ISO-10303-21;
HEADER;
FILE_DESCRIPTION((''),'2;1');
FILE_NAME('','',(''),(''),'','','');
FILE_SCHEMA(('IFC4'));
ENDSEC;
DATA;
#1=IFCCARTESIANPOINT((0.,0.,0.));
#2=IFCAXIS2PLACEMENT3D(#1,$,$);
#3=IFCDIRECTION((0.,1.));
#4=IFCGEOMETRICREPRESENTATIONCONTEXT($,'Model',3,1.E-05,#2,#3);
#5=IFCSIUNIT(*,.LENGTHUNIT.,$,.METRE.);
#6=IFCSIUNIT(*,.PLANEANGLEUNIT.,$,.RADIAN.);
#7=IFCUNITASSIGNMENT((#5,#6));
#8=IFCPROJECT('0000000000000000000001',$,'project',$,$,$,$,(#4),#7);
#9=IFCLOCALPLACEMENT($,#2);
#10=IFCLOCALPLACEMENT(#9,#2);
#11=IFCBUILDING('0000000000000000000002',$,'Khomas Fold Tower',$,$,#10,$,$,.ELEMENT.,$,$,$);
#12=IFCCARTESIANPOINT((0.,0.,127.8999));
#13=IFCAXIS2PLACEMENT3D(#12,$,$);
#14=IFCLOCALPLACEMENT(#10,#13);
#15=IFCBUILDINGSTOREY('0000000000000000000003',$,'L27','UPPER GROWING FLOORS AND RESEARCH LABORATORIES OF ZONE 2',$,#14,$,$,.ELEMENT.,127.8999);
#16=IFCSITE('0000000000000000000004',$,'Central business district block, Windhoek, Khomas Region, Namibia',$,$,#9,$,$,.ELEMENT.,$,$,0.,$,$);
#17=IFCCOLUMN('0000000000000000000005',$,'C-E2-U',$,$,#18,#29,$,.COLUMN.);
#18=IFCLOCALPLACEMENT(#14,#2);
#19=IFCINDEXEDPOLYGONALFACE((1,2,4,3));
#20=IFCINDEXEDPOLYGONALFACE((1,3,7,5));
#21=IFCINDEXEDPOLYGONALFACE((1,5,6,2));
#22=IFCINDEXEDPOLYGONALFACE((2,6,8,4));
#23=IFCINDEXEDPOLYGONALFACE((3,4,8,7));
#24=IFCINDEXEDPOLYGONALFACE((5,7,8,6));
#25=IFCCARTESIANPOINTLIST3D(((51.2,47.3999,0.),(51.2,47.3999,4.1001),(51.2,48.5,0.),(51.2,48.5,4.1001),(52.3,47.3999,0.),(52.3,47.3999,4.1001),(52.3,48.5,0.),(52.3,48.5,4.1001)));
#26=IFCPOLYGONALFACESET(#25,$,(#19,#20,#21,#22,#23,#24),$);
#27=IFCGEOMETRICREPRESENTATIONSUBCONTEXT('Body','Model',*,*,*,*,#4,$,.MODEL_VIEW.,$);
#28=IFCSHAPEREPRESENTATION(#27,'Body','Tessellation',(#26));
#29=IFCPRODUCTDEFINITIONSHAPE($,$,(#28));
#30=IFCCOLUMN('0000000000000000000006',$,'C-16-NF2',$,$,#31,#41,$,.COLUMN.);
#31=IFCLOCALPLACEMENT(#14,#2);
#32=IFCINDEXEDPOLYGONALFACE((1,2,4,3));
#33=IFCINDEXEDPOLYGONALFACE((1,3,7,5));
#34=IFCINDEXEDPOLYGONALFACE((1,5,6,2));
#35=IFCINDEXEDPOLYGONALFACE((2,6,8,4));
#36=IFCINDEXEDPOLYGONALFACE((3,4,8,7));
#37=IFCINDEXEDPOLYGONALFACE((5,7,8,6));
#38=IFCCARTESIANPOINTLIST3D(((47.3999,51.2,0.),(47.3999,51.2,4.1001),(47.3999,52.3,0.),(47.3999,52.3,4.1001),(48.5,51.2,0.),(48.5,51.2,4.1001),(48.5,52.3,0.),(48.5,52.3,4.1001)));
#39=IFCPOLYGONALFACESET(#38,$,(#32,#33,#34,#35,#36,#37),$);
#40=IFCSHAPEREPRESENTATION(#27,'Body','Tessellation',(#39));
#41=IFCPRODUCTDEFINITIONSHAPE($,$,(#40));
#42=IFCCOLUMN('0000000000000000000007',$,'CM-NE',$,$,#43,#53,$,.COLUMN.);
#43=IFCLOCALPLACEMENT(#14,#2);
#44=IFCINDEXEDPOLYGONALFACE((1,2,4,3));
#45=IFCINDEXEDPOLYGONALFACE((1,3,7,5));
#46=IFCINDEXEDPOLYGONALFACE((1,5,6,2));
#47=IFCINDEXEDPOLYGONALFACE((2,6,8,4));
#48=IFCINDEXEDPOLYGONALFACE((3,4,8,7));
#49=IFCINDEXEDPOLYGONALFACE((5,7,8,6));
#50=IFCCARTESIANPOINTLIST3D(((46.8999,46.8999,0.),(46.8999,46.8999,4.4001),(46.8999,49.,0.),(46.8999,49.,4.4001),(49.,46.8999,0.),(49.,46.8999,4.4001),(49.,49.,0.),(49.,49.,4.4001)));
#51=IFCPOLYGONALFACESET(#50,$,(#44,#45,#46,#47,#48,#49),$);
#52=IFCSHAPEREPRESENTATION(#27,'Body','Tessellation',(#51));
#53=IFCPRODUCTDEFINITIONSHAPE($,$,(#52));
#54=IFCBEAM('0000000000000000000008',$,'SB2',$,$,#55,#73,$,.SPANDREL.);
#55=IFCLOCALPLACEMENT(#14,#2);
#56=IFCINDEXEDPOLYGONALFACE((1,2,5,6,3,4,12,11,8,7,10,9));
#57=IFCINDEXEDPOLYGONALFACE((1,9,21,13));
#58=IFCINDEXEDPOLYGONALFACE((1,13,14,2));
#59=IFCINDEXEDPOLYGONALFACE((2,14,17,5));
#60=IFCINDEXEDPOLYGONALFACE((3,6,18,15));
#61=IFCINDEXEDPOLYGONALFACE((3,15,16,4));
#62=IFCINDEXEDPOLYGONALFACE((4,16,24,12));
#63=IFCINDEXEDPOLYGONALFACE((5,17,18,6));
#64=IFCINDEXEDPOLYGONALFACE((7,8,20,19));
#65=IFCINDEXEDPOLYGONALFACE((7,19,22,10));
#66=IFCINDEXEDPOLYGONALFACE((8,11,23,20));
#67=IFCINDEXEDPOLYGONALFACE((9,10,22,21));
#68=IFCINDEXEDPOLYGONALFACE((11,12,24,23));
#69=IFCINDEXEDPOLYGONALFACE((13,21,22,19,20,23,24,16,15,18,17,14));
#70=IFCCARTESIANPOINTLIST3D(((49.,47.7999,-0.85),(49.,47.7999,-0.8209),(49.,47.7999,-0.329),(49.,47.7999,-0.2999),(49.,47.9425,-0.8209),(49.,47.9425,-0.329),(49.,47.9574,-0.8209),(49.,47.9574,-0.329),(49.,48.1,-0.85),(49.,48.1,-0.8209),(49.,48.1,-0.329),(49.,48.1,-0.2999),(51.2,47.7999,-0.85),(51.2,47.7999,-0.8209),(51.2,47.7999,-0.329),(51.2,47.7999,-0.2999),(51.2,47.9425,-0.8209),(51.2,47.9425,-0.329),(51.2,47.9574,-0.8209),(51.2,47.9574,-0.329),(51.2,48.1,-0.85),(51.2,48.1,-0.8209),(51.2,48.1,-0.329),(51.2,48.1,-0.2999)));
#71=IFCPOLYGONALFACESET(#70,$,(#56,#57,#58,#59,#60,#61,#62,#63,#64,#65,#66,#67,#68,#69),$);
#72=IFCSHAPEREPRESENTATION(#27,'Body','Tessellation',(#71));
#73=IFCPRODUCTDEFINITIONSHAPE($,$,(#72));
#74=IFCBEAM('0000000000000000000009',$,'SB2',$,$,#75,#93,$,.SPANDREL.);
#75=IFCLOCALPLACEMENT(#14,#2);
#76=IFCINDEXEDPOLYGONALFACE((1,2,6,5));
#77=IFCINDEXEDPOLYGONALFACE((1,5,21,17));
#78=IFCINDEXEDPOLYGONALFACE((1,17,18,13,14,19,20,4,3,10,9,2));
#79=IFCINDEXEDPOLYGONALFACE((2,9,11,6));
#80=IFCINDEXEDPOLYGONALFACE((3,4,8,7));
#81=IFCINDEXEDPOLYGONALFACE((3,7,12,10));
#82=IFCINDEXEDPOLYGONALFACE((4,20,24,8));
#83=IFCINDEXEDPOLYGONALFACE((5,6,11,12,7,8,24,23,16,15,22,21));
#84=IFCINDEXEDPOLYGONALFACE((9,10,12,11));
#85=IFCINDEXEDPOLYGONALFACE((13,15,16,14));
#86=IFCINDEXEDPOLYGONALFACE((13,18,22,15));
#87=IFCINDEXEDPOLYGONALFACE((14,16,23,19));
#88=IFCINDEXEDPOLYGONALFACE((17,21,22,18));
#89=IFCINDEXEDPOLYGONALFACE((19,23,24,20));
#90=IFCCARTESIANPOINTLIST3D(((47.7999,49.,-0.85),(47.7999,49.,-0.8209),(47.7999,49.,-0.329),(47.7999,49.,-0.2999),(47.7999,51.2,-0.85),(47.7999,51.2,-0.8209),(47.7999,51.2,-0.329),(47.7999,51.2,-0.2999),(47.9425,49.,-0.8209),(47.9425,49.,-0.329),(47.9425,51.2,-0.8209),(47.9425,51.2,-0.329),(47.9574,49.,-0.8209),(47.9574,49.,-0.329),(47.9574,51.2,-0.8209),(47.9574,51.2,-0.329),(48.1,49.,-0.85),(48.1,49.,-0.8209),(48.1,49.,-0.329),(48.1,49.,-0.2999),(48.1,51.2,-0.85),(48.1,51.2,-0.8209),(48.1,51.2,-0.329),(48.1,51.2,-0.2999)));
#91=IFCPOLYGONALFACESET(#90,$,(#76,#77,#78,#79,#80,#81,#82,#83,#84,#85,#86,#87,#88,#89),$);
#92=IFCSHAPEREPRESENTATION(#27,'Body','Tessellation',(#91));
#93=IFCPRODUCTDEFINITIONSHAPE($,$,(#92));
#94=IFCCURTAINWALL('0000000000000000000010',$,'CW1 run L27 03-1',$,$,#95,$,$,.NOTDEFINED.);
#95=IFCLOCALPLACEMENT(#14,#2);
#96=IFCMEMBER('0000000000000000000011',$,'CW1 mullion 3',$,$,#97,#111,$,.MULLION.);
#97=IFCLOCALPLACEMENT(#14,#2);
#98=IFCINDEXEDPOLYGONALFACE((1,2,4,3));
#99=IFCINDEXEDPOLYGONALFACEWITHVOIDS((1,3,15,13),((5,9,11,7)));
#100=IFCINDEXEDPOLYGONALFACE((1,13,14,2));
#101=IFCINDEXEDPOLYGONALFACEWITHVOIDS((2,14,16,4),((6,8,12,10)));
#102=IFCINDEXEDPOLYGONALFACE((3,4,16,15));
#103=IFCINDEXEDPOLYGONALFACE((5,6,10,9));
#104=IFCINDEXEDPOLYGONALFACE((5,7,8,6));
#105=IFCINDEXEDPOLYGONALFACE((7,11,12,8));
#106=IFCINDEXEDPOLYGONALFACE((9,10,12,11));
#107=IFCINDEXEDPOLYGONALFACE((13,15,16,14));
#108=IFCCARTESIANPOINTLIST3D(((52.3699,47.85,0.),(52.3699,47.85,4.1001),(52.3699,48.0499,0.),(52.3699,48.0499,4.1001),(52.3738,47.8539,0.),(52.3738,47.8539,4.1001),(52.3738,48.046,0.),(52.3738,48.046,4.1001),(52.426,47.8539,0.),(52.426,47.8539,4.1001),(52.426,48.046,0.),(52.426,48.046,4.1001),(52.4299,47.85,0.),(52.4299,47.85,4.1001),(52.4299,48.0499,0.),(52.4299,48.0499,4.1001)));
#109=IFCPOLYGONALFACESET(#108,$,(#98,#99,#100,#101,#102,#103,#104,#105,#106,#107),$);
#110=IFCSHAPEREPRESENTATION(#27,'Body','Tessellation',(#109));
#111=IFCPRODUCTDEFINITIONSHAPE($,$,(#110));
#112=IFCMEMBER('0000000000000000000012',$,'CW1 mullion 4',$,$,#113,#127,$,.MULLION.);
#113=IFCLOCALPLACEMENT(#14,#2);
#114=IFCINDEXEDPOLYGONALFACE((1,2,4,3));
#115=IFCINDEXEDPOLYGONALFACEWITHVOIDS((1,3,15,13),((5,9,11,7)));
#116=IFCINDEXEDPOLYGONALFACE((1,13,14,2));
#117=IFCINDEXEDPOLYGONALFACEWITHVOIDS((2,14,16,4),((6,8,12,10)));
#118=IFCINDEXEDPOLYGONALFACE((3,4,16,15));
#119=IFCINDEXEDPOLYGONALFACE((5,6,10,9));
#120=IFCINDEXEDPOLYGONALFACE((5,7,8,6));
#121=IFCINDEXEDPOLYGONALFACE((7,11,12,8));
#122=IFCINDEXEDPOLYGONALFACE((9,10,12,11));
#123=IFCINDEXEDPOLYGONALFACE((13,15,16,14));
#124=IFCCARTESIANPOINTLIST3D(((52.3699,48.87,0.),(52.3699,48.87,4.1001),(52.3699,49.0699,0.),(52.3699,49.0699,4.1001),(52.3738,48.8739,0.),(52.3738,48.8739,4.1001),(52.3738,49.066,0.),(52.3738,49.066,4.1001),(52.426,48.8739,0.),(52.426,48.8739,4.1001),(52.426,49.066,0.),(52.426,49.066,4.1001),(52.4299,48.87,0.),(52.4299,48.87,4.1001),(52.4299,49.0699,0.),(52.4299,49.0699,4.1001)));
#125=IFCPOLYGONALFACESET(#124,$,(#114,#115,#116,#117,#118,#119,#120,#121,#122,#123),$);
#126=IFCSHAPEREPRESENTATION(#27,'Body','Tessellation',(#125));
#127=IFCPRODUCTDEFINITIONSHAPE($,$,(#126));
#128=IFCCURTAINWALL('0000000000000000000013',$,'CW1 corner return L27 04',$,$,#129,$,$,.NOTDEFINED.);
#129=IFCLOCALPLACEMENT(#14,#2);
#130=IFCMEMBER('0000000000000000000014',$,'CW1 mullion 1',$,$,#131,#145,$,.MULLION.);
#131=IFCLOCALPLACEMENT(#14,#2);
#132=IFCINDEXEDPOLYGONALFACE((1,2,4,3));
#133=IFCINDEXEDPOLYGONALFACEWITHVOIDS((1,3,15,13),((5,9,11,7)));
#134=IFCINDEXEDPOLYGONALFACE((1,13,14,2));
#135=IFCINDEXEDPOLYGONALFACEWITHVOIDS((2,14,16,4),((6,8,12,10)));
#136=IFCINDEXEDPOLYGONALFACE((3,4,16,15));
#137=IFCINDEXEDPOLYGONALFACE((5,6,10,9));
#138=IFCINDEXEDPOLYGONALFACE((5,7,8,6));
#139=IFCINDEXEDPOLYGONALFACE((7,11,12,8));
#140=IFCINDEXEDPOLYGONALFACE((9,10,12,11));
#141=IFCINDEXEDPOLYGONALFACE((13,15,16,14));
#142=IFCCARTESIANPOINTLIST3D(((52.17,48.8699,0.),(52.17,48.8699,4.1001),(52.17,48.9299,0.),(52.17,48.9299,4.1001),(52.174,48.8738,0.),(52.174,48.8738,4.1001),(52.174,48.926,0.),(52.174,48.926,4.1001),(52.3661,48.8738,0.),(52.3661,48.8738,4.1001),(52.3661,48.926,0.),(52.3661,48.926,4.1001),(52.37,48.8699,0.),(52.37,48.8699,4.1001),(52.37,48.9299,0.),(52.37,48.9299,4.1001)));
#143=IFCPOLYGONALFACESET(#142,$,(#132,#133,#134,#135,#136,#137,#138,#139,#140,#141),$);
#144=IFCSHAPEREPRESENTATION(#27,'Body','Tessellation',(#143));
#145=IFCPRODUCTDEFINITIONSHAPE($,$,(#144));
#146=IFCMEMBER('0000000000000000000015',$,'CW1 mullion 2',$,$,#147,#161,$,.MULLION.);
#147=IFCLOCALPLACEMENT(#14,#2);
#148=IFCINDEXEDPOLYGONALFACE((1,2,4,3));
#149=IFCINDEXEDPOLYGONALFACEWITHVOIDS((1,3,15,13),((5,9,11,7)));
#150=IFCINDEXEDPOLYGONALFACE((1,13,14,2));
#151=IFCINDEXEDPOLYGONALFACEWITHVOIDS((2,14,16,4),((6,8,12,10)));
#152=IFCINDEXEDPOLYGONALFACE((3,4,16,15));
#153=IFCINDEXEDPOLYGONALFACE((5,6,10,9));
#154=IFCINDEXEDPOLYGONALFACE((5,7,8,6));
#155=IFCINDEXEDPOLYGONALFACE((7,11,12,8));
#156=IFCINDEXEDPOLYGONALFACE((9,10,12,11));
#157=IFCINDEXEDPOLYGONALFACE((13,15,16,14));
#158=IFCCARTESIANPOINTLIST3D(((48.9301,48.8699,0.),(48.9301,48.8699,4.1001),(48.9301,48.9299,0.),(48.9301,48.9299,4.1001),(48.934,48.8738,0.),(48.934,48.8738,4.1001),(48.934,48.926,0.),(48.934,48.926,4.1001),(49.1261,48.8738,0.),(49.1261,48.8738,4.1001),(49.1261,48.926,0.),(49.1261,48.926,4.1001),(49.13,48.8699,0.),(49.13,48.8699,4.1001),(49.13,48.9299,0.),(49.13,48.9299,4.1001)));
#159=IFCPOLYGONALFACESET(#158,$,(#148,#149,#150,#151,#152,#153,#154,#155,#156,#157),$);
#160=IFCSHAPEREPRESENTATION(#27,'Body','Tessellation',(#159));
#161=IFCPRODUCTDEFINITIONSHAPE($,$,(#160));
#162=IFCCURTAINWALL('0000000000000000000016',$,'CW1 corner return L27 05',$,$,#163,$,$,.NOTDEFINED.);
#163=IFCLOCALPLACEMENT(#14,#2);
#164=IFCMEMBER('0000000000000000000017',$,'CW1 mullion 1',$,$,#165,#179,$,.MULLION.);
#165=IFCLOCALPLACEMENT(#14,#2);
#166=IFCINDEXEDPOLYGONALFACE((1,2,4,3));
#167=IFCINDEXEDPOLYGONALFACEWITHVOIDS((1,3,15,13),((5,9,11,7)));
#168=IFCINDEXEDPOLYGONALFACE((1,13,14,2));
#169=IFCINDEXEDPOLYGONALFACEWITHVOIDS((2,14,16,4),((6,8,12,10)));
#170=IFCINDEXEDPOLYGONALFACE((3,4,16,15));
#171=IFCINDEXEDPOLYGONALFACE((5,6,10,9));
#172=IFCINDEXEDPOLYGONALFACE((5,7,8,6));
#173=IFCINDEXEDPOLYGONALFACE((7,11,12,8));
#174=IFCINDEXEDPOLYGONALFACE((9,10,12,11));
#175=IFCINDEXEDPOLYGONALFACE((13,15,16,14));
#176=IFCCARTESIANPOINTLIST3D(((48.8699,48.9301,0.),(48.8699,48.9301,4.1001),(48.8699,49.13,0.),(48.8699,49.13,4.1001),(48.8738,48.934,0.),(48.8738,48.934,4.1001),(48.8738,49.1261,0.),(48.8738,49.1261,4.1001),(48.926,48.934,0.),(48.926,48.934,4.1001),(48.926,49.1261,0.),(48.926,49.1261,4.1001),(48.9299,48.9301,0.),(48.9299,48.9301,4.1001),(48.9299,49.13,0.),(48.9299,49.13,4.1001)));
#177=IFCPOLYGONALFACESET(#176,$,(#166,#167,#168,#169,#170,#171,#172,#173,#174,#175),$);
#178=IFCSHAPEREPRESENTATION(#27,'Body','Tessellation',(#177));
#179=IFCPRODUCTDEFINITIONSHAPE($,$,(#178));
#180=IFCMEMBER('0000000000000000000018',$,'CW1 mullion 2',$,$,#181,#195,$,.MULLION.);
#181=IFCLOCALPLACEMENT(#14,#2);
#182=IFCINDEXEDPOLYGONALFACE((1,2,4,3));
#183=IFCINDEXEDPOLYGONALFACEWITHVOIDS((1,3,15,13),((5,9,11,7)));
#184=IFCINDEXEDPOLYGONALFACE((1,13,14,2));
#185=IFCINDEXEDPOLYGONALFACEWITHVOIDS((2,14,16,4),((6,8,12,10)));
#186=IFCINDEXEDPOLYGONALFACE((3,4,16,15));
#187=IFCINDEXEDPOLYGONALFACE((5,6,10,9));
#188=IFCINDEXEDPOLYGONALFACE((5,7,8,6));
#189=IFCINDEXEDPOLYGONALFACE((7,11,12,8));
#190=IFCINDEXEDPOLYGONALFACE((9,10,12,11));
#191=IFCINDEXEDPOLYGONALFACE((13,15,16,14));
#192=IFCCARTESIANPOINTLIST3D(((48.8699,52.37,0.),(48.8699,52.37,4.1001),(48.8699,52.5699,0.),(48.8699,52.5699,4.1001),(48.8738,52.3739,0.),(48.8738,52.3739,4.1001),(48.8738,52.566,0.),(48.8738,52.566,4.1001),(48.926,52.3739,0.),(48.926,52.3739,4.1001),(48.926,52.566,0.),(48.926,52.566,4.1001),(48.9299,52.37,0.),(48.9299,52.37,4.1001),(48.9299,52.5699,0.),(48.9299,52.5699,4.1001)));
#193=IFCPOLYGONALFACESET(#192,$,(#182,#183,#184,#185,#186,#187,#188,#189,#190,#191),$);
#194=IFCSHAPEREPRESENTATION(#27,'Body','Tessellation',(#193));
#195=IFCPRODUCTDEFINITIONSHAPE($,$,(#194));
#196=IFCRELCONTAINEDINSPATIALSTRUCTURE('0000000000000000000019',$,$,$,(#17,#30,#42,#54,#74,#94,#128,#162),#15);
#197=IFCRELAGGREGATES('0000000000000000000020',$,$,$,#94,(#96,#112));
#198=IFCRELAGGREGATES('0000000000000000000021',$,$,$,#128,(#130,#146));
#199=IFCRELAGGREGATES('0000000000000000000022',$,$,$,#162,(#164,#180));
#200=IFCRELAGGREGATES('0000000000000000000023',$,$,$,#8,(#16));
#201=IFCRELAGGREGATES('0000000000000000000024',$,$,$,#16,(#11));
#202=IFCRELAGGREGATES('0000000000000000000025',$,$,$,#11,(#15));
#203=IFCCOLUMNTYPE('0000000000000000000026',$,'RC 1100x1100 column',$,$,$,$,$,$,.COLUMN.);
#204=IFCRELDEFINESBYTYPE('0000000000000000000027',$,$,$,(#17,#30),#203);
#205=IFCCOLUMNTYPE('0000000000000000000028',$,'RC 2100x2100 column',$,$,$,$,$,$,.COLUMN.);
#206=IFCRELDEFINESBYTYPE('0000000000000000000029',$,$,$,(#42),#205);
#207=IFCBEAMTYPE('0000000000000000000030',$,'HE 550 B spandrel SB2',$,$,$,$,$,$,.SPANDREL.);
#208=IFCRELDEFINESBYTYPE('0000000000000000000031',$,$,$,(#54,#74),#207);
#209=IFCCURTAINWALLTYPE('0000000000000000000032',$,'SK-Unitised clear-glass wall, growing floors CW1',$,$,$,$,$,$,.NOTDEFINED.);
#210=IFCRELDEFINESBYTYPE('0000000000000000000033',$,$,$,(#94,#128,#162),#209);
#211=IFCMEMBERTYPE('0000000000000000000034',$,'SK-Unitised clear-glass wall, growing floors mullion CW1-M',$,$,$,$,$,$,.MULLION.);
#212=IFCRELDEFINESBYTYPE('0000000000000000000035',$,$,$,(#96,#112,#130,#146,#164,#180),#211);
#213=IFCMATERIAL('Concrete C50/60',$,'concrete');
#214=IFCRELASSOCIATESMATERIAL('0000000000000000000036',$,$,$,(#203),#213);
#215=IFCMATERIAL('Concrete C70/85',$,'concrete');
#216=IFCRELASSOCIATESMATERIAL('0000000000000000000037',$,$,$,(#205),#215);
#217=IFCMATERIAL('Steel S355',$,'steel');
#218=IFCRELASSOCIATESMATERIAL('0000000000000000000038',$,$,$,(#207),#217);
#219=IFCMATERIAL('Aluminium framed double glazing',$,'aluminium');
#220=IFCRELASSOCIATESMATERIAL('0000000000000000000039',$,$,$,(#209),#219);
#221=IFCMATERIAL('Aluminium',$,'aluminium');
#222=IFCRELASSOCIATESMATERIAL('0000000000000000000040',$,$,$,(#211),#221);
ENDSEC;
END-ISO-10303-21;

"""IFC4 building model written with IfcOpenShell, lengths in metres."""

from ifc_helpers import new_model, si_unit, direction, frame, origin, origin_2d, place, context, subcontext, project, spatial, rectangle, hollow_rectangle, i_section, extrude, source, transform, mapped, material, material_profile, profile_set, type_object, element, aggregate, save


model = new_model("IFC4")

# Units and contexts
model_context = context("Model", 3, precision=1e-05, world=origin(), true_north=direction((0.0, 1.0)))
body_context = subcontext(model_context, "Body", "Model", "MODEL_VIEW")
ifc_project = project(units=[si_unit("LENGTHUNIT", "METRE"), si_unit("PLANEANGLEUNIT", "RADIAN")], contexts=[model_context])

# Site, building, storey
site_placement = place(None, origin())
site = spatial("IfcSite", under=ifc_project, at=site_placement, Name="Central business district block, Windhoek, Khomas Region, Namibia", CompositionType="ELEMENT", RefElevation=0.0)
building_placement = place(site_placement, origin())
building = spatial("IfcBuilding", under=site, at=building_placement, Name="Khomas Fold Tower", CompositionType="ELEMENT")
storey_placement = place(building_placement, frame((0.0, 0.0, 127.8999)))
storey = spatial("IfcBuildingStorey", under=building, at=storey_placement, Name="L27", Description="UPPER GROWING FLOORS AND RESEARCH LABORATORIES OF ZONE 2", CompositionType="ELEMENT", Elevation=127.8999)

# Columns
ifc_material_1 = material(Name="Concrete C50/60", Category="concrete")
ifc_material_profile_1 = material_profile(ifc_material_1, rectangle(XDim=1.1001, YDim=1.1001, at=origin_2d()), Name="RC 1100x1100")
ifc_profile_set_1 = profile_set([ifc_material_profile_1], Name="Concrete C50/60")
column_type_1 = type_object("IfcColumnType", Name="RC 1100x1100 column", PredefinedType="COLUMN", material=ifc_profile_set_1)
shared_shape_1 = source(origin(), body_context, "Body", "SweptSolid", [
    extrude(rectangle(XDim=1.1001, YDim=1.1001, at=origin_2d()), origin(), (0.0, 0.0, 1.0), 4.1001),
])
for number, where, z_axis, x_axis, name in (
    (1, (51.75, 47.95, 0.0), (0.0, 0.0, 1.0), (1.0, 0.0, 0.0), "C-E2-U"),
    (2, (47.95, 51.75, 0.0), (0.0, 0.0, 1.0), (1.0, 0.0, 0.0), "C-16-NF2"),
):
    element("IfcColumn", number, at=place(storey_placement, frame(where, z_axis=z_axis, x_axis=x_axis)), inside=storey, type_object=column_type_1, Name=name, PredefinedType="COLUMN", context=body_context, shape_type="MappedRepresentation", body=[
        mapped(shared_shape_1, transform((0.0, 0.0, 0.0))),
    ])
ifc_material_2 = material(Name="Concrete C70/85", Category="concrete")
ifc_material_profile_2 = material_profile(ifc_material_2, rectangle(XDim=2.1001, YDim=2.1001, at=origin_2d()), Name="RC 2100x2100")
ifc_profile_set_2 = profile_set([ifc_material_profile_2], Name="Concrete C70/85")
column_type_2 = type_object("IfcColumnType", Name="RC 2100x2100 column", PredefinedType="COLUMN", material=ifc_profile_set_2)
shared_shape_2 = source(origin(), body_context, "Body", "SweptSolid", [
    extrude(rectangle(XDim=2.1001, YDim=2.1001, at=origin_2d()), origin(), (0.0, 0.0, 1.0), 4.4001),
])
column_placement = place(storey_placement, frame((47.95, 47.95, 0.0), z_axis=(0.0, 0.0, 1.0), x_axis=(1.0, 0.0, 0.0)))
element("IfcColumn", 3, at=column_placement, inside=storey, type_object=column_type_2, Name="CM-NE", PredefinedType="COLUMN", context=body_context, shape_type="MappedRepresentation", body=[
    mapped(shared_shape_2, transform((0.0, 0.0, 0.0))),
])

# Beams
ifc_material_3 = material(Name="Steel S355", Category="steel")
ifc_material_profile_3 = material_profile(ifc_material_3, i_section(OverallWidth=0.3, OverallDepth=0.55, WebThickness=0.0149, FlangeThickness=0.0291, at=origin_2d()), Name="HE 550 B")
ifc_profile_set_3 = profile_set([ifc_material_profile_3], Name="Steel S355")
beam_type = type_object("IfcBeamType", Name="HE 550 B spandrel SB2", PredefinedType="SPANDREL", material=ifc_profile_set_3)
shared_shape_3 = source(origin(), body_context, "Body", "SweptSolid", [
    extrude(i_section(OverallWidth=0.3, OverallDepth=0.55, WebThickness=0.0149, FlangeThickness=0.0291, at=origin_2d()), origin(), (0.0, 0.0, 1.0), 2.2),
])
for number, where, z_axis, x_axis, name in (
    (4, (49.0, 47.95, -0.575), (1.0, 0.0, 0.0), (0.0, 1.0, 0.0), "SB2"),
    (5, (47.95, 49.0, -0.575), (0.0, 1.0, 0.0), (-1.0, 0.0, 0.0), "SB2"),
):
    element("IfcBeam", number, at=place(storey_placement, frame(where, z_axis=z_axis, x_axis=x_axis)), inside=storey, type_object=beam_type, Name=name, PredefinedType="SPANDREL", context=body_context, shape_type="MappedRepresentation", body=[
        mapped(shared_shape_3, transform((0.0, 0.0, 0.0))),
    ])

# Curtain walls, members
ifc_material_4 = material(Name="Aluminium framed double glazing", Category="aluminium")
curtain_wall_type = type_object("IfcCurtainWallType", Name="SK-Unitised clear-glass wall, growing floors CW1", PredefinedType="NOTDEFINED", material=ifc_material_4)
curtain_wall_1_placement = place(storey_placement, origin())
curtain_wall_1 = element("IfcCurtainWall", 6, at=curtain_wall_1_placement, inside=storey, type_object=curtain_wall_type, Name="CW1 run L27 03-1", PredefinedType="NOTDEFINED")
ifc_material_5 = material(Name="Aluminium", Category="aluminium")
ifc_material_profile_4 = material_profile(ifc_material_5, hollow_rectangle(XDim=0.0601, YDim=0.2, WallThickness=0.0039, at=origin_2d()), Name="SK-Unitised clear-glass wall, growing floors mullion CW1-M")
ifc_profile_set_4 = profile_set([ifc_material_profile_4], Name="Aluminium")
member_type_1 = type_object("IfcMemberType", Name="SK-Unitised clear-glass wall, growing floors mullion CW1-M", PredefinedType="MULLION", material=ifc_profile_set_4)
shared_shape_4 = source(origin(), body_context, "Body", "SweptSolid", [
    extrude(hollow_rectangle(XDim=0.0601, YDim=0.2, WallThickness=0.0039, at=origin_2d()), origin(), (0.0, 0.0, 1.0), 4.1001),
])
member_1_placement = place(storey_placement, frame((52.3999, 47.95, 0.0), z_axis=(0.0, 0.0, 1.0), x_axis=(-1.0, 0.0, 0.0)))
member_1 = element("IfcMember", 7, at=member_1_placement, type_object=member_type_1, Name="CW1 mullion 3", PredefinedType="MULLION", context=body_context, shape_type="MappedRepresentation", body=[
    mapped(shared_shape_4, transform((0.0, 0.0, 0.0))),
])
member_2_placement = place(storey_placement, frame((52.3999, 48.97, 0.0), z_axis=(0.0, 0.0, 1.0), x_axis=(-1.0, 0.0, 0.0)))
member_2 = element("IfcMember", 8, at=member_2_placement, type_object=member_type_1, Name="CW1 mullion 4", PredefinedType="MULLION", context=body_context, shape_type="MappedRepresentation", body=[
    mapped(shared_shape_4, transform((0.0, 0.0, 0.0))),
])
curtain_wall_2_placement = place(storey_placement, origin())
curtain_wall_2 = element("IfcCurtainWall", 9, at=curtain_wall_2_placement, inside=storey, type_object=curtain_wall_type, Name="CW1 corner return L27 04", PredefinedType="NOTDEFINED")
member_3_placement = place(storey_placement, frame((52.27, 48.8999, 0.0), z_axis=(0.0, 0.0, 1.0), x_axis=(0.0, -1.0, 0.0)))
member_3 = element("IfcMember", 10, at=member_3_placement, type_object=member_type_1, Name="CW1 mullion 1", PredefinedType="MULLION", context=body_context, shape_type="MappedRepresentation", body=[
    mapped(shared_shape_4, transform((0.0, 0.0, 0.0))),
])
member_4_placement = place(storey_placement, frame((49.03, 48.8999, 0.0), z_axis=(0.0, 0.0, 1.0), x_axis=(0.0, -1.0, 0.0)))
member_4 = element("IfcMember", 11, at=member_4_placement, type_object=member_type_1, Name="CW1 mullion 2", PredefinedType="MULLION", context=body_context, shape_type="MappedRepresentation", body=[
    mapped(shared_shape_4, transform((0.0, 0.0, 0.0))),
])
curtain_wall_3_placement = place(storey_placement, origin())
curtain_wall_3 = element("IfcCurtainWall", 12, at=curtain_wall_3_placement, inside=storey, type_object=curtain_wall_type, Name="CW1 corner return L27 05", PredefinedType="NOTDEFINED")
member_5_placement = place(storey_placement, frame((48.8999, 49.03, 0.0), z_axis=(0.0, 0.0, 1.0), x_axis=(-1.0, 0.0, 0.0)))
member_5 = element("IfcMember", 13, at=member_5_placement, type_object=member_type_1, Name="CW1 mullion 1", PredefinedType="MULLION", context=body_context, shape_type="MappedRepresentation", body=[
    mapped(shared_shape_4, transform((0.0, 0.0, 0.0))),
])
member_6_placement = place(storey_placement, frame((48.8999, 52.47, 0.0), z_axis=(0.0, 0.0, 1.0), x_axis=(-1.0, 0.0, 0.0)))
member_6 = element("IfcMember", 14, at=member_6_placement, type_object=member_type_1, Name="CW1 mullion 2", PredefinedType="MULLION", context=body_context, shape_type="MappedRepresentation", body=[
    mapped(shared_shape_4, transform((0.0, 0.0, 0.0))),
])

aggregate(curtain_wall_1, [member_1, member_2])
aggregate(curtain_wall_2, [member_3, member_4])
aggregate(curtain_wall_3, [member_5, member_6])

save(model, "model.ifc")
